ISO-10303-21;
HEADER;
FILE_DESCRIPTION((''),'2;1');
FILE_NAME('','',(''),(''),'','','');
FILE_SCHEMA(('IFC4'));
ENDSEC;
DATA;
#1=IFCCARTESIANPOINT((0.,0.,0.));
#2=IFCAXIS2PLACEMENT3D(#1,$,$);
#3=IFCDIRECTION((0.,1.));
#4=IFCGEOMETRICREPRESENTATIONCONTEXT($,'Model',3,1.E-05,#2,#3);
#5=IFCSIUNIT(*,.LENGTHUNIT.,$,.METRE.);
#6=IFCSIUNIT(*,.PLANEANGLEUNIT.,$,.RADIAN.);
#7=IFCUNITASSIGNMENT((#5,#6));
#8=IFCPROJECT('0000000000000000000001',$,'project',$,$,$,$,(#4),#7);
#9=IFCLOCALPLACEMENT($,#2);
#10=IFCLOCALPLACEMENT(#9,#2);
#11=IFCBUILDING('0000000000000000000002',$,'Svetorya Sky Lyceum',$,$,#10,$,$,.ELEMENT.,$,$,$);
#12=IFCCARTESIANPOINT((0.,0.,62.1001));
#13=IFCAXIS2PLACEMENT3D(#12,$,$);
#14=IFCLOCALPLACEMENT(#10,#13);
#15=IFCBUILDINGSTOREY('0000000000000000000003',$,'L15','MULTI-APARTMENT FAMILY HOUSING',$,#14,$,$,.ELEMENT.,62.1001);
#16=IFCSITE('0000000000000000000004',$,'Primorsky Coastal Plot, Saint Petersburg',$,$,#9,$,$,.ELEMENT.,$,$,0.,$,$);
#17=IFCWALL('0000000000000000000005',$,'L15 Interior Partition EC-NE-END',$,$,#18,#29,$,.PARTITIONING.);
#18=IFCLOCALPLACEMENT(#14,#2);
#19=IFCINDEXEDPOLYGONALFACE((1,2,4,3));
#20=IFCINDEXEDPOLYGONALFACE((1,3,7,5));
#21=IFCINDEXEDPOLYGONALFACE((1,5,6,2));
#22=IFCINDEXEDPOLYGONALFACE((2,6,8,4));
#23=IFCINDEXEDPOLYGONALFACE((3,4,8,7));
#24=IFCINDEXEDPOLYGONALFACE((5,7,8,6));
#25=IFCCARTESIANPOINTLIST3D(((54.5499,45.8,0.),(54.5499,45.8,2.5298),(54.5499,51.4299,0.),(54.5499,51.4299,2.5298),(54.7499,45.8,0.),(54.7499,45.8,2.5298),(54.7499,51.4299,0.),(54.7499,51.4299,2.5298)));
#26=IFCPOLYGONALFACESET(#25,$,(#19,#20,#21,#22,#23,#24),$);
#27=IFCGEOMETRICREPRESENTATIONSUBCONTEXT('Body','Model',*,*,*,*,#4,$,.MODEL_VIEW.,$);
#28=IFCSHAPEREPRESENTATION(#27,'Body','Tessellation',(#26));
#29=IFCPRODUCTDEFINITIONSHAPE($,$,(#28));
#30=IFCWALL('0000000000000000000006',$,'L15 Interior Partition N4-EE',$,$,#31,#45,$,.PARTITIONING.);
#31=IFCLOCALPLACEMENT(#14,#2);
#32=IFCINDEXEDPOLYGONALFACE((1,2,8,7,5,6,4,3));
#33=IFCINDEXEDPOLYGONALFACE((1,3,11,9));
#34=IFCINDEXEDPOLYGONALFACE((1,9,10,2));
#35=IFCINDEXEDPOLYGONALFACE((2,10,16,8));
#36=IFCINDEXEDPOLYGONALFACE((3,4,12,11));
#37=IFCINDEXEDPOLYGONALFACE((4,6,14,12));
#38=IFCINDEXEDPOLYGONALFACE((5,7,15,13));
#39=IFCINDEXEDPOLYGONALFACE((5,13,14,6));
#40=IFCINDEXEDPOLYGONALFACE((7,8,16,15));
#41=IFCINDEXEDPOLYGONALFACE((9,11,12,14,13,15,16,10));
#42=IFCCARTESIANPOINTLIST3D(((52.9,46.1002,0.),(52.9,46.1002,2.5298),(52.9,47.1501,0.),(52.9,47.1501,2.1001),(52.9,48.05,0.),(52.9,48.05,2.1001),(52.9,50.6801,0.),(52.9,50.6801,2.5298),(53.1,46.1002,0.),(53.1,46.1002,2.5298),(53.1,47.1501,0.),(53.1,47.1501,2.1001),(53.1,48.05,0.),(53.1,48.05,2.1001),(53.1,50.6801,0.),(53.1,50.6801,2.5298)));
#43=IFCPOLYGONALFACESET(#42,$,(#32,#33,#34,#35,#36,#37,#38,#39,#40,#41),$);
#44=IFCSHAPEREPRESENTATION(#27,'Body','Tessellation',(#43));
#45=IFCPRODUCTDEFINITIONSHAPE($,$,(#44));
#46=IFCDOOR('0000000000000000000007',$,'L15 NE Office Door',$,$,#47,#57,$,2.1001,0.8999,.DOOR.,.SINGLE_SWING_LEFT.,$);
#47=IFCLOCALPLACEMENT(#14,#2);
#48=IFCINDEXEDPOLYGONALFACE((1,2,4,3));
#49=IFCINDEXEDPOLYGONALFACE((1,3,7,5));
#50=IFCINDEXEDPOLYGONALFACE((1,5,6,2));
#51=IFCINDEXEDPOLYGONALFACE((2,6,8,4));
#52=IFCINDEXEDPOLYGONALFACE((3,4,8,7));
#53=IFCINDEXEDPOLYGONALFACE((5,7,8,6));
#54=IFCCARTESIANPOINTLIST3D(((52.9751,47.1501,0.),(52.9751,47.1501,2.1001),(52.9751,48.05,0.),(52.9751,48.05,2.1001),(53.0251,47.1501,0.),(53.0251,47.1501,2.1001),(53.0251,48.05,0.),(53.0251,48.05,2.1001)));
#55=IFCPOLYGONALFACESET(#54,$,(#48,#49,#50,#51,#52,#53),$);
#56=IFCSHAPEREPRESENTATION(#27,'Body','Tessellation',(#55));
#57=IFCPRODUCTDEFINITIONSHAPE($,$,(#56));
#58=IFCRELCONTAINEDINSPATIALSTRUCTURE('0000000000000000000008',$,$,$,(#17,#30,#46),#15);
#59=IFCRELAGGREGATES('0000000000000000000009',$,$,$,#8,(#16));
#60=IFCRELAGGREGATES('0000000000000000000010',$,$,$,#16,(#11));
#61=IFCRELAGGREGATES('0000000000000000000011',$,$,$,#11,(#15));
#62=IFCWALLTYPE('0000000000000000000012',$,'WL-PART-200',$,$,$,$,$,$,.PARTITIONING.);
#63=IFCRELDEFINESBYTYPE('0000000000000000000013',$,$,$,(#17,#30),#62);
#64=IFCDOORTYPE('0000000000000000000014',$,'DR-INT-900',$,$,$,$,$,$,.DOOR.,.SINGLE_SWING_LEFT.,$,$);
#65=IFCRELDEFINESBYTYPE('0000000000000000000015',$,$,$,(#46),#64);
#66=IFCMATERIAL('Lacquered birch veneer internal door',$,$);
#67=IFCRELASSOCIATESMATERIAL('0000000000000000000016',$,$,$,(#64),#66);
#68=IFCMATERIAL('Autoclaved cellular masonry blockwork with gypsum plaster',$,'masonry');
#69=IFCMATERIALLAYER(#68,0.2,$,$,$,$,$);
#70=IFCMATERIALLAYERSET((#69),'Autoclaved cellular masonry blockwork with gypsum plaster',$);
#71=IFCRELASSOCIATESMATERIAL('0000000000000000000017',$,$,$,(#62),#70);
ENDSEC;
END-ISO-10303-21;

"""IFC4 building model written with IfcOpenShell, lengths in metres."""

from ifc_helpers import new_model, si_unit, direction, frame, frame_2d, origin, place, context, subcontext, project, spatial, rectangle, extrude, material, layer, layer_set, type_object, element, fill, save


model = new_model("IFC4")

# Units and contexts
model_context = context("Model", 3, precision=1e-05, world=origin(), true_north=direction((0.0, 1.0)))
body_context = subcontext(model_context, "Body", "Model", "MODEL_VIEW")
ifc_project = project(units=[si_unit("LENGTHUNIT", "METRE"), si_unit("PLANEANGLEUNIT", "RADIAN")], contexts=[model_context])

# Site, building, storey
site_placement = place(None, origin())
site = spatial("IfcSite", under=ifc_project, at=site_placement, Name="Primorsky Coastal Plot, Saint Petersburg", CompositionType="ELEMENT", RefElevation=0.0)
building_placement = place(site_placement, origin())
building = spatial("IfcBuilding", under=site, at=building_placement, Name="Svetorya Sky Lyceum", CompositionType="ELEMENT")
storey_placement = place(building_placement, frame((0.0, 0.0, 62.1001)))
storey = spatial("IfcBuildingStorey", under=building, at=storey_placement, Name="L15", Description="MULTI-APARTMENT FAMILY HOUSING", CompositionType="ELEMENT", Elevation=62.1001)

# Shared definitions
ifc_material_1 = material(Name="Lacquered birch veneer internal door")
door_type_1 = type_object("IfcDoorType", Name="DR-INT-900", OperationType="SINGLE_SWING_LEFT", PredefinedType="DOOR", material=ifc_material_1)

# Wall
ifc_material_2 = material(Name="Autoclaved cellular masonry blockwork with gypsum plaster", Category="masonry")
ifc_layer_1 = layer(ifc_material_2, 0.2)
ifc_layer_set_1 = layer_set([ifc_layer_1], Name="Autoclaved cellular masonry blockwork with gypsum plaster")
wall_type_1 = type_object("IfcWallType", Name="WL-PART-200", PredefinedType="PARTITIONING", material=ifc_layer_set_1)
wall_1_placement = place(storey_placement, frame((54.6499, 45.8, 0.0), z_axis=(0.0, 0.0, 1.0), x_axis=(0.0, 1.0, 0.0)))
element("IfcWall", 1, at=wall_1_placement, inside=storey, type_object=wall_type_1, Name="L15 Interior Partition EC-NE-END", PredefinedType="PARTITIONING", context=body_context, shape_type="SweptSolid", body=[
    extrude(rectangle(XDim=5.6299, YDim=0.2, at=frame_2d((2.8149, 0.0))), origin(), (0.0, 0.0, 1.0), 2.5298),
])

# Wall, opening, door
wall_2_placement = place(storey_placement, frame((53.0, 46.1001, 0.0), z_axis=(0.0, 0.0, 1.0), x_axis=(0.0, 1.0, 0.0)))
wall_2 = element("IfcWall", 2, at=wall_2_placement, inside=storey, type_object=wall_type_1, Name="L15 Interior Partition N4-EE", PredefinedType="PARTITIONING", context=body_context, shape_type="SweptSolid", body=[
    extrude(rectangle(XDim=4.5798, YDim=0.2, at=frame_2d((2.29, 0.0))), origin(), (0.0, 0.0, 1.0), 2.5298),
])
opening_1_placement = place(wall_2_placement, frame((1.05, 0.0, 0.0)))
opening_1 = element("IfcOpeningElement", 3, at=opening_1_placement, cuts=wall_2, PredefinedType="OPENING", context=body_context, shape_type="SweptSolid", body=[
    extrude(rectangle(XDim=0.8999, YDim=2.1001, at=frame_2d((0.45, 1.05))), frame((0.0, 0.1099, 0.0), z_axis=(0.0, -1.0, 0.0), x_axis=(1.0, 0.0, 0.0)), (0.0, 0.0, 1.0), 0.22),
])
door_1_placement = place(opening_1_placement, origin())
door_1 = element("IfcDoor", 4, at=door_1_placement, inside=storey, type_object=door_type_1, Name="L15 NE Office Door", OperationType="SINGLE_SWING_LEFT", OverallHeight=2.1001, OverallWidth=0.8999, PredefinedType="DOOR", context=body_context, shape_type="SweptSolid", body=[
    extrude(rectangle(XDim=0.8999, YDim=2.1001, at=frame_2d((0.45, 1.05))), frame((0.0, 0.0249, 0.0), z_axis=(0.0, -1.0, 0.0), x_axis=(1.0, 0.0, 0.0)), (0.0, 0.0, 1.0), 0.05),
])
fill(opening_1, door_1)

save(model, "model.ifc")
